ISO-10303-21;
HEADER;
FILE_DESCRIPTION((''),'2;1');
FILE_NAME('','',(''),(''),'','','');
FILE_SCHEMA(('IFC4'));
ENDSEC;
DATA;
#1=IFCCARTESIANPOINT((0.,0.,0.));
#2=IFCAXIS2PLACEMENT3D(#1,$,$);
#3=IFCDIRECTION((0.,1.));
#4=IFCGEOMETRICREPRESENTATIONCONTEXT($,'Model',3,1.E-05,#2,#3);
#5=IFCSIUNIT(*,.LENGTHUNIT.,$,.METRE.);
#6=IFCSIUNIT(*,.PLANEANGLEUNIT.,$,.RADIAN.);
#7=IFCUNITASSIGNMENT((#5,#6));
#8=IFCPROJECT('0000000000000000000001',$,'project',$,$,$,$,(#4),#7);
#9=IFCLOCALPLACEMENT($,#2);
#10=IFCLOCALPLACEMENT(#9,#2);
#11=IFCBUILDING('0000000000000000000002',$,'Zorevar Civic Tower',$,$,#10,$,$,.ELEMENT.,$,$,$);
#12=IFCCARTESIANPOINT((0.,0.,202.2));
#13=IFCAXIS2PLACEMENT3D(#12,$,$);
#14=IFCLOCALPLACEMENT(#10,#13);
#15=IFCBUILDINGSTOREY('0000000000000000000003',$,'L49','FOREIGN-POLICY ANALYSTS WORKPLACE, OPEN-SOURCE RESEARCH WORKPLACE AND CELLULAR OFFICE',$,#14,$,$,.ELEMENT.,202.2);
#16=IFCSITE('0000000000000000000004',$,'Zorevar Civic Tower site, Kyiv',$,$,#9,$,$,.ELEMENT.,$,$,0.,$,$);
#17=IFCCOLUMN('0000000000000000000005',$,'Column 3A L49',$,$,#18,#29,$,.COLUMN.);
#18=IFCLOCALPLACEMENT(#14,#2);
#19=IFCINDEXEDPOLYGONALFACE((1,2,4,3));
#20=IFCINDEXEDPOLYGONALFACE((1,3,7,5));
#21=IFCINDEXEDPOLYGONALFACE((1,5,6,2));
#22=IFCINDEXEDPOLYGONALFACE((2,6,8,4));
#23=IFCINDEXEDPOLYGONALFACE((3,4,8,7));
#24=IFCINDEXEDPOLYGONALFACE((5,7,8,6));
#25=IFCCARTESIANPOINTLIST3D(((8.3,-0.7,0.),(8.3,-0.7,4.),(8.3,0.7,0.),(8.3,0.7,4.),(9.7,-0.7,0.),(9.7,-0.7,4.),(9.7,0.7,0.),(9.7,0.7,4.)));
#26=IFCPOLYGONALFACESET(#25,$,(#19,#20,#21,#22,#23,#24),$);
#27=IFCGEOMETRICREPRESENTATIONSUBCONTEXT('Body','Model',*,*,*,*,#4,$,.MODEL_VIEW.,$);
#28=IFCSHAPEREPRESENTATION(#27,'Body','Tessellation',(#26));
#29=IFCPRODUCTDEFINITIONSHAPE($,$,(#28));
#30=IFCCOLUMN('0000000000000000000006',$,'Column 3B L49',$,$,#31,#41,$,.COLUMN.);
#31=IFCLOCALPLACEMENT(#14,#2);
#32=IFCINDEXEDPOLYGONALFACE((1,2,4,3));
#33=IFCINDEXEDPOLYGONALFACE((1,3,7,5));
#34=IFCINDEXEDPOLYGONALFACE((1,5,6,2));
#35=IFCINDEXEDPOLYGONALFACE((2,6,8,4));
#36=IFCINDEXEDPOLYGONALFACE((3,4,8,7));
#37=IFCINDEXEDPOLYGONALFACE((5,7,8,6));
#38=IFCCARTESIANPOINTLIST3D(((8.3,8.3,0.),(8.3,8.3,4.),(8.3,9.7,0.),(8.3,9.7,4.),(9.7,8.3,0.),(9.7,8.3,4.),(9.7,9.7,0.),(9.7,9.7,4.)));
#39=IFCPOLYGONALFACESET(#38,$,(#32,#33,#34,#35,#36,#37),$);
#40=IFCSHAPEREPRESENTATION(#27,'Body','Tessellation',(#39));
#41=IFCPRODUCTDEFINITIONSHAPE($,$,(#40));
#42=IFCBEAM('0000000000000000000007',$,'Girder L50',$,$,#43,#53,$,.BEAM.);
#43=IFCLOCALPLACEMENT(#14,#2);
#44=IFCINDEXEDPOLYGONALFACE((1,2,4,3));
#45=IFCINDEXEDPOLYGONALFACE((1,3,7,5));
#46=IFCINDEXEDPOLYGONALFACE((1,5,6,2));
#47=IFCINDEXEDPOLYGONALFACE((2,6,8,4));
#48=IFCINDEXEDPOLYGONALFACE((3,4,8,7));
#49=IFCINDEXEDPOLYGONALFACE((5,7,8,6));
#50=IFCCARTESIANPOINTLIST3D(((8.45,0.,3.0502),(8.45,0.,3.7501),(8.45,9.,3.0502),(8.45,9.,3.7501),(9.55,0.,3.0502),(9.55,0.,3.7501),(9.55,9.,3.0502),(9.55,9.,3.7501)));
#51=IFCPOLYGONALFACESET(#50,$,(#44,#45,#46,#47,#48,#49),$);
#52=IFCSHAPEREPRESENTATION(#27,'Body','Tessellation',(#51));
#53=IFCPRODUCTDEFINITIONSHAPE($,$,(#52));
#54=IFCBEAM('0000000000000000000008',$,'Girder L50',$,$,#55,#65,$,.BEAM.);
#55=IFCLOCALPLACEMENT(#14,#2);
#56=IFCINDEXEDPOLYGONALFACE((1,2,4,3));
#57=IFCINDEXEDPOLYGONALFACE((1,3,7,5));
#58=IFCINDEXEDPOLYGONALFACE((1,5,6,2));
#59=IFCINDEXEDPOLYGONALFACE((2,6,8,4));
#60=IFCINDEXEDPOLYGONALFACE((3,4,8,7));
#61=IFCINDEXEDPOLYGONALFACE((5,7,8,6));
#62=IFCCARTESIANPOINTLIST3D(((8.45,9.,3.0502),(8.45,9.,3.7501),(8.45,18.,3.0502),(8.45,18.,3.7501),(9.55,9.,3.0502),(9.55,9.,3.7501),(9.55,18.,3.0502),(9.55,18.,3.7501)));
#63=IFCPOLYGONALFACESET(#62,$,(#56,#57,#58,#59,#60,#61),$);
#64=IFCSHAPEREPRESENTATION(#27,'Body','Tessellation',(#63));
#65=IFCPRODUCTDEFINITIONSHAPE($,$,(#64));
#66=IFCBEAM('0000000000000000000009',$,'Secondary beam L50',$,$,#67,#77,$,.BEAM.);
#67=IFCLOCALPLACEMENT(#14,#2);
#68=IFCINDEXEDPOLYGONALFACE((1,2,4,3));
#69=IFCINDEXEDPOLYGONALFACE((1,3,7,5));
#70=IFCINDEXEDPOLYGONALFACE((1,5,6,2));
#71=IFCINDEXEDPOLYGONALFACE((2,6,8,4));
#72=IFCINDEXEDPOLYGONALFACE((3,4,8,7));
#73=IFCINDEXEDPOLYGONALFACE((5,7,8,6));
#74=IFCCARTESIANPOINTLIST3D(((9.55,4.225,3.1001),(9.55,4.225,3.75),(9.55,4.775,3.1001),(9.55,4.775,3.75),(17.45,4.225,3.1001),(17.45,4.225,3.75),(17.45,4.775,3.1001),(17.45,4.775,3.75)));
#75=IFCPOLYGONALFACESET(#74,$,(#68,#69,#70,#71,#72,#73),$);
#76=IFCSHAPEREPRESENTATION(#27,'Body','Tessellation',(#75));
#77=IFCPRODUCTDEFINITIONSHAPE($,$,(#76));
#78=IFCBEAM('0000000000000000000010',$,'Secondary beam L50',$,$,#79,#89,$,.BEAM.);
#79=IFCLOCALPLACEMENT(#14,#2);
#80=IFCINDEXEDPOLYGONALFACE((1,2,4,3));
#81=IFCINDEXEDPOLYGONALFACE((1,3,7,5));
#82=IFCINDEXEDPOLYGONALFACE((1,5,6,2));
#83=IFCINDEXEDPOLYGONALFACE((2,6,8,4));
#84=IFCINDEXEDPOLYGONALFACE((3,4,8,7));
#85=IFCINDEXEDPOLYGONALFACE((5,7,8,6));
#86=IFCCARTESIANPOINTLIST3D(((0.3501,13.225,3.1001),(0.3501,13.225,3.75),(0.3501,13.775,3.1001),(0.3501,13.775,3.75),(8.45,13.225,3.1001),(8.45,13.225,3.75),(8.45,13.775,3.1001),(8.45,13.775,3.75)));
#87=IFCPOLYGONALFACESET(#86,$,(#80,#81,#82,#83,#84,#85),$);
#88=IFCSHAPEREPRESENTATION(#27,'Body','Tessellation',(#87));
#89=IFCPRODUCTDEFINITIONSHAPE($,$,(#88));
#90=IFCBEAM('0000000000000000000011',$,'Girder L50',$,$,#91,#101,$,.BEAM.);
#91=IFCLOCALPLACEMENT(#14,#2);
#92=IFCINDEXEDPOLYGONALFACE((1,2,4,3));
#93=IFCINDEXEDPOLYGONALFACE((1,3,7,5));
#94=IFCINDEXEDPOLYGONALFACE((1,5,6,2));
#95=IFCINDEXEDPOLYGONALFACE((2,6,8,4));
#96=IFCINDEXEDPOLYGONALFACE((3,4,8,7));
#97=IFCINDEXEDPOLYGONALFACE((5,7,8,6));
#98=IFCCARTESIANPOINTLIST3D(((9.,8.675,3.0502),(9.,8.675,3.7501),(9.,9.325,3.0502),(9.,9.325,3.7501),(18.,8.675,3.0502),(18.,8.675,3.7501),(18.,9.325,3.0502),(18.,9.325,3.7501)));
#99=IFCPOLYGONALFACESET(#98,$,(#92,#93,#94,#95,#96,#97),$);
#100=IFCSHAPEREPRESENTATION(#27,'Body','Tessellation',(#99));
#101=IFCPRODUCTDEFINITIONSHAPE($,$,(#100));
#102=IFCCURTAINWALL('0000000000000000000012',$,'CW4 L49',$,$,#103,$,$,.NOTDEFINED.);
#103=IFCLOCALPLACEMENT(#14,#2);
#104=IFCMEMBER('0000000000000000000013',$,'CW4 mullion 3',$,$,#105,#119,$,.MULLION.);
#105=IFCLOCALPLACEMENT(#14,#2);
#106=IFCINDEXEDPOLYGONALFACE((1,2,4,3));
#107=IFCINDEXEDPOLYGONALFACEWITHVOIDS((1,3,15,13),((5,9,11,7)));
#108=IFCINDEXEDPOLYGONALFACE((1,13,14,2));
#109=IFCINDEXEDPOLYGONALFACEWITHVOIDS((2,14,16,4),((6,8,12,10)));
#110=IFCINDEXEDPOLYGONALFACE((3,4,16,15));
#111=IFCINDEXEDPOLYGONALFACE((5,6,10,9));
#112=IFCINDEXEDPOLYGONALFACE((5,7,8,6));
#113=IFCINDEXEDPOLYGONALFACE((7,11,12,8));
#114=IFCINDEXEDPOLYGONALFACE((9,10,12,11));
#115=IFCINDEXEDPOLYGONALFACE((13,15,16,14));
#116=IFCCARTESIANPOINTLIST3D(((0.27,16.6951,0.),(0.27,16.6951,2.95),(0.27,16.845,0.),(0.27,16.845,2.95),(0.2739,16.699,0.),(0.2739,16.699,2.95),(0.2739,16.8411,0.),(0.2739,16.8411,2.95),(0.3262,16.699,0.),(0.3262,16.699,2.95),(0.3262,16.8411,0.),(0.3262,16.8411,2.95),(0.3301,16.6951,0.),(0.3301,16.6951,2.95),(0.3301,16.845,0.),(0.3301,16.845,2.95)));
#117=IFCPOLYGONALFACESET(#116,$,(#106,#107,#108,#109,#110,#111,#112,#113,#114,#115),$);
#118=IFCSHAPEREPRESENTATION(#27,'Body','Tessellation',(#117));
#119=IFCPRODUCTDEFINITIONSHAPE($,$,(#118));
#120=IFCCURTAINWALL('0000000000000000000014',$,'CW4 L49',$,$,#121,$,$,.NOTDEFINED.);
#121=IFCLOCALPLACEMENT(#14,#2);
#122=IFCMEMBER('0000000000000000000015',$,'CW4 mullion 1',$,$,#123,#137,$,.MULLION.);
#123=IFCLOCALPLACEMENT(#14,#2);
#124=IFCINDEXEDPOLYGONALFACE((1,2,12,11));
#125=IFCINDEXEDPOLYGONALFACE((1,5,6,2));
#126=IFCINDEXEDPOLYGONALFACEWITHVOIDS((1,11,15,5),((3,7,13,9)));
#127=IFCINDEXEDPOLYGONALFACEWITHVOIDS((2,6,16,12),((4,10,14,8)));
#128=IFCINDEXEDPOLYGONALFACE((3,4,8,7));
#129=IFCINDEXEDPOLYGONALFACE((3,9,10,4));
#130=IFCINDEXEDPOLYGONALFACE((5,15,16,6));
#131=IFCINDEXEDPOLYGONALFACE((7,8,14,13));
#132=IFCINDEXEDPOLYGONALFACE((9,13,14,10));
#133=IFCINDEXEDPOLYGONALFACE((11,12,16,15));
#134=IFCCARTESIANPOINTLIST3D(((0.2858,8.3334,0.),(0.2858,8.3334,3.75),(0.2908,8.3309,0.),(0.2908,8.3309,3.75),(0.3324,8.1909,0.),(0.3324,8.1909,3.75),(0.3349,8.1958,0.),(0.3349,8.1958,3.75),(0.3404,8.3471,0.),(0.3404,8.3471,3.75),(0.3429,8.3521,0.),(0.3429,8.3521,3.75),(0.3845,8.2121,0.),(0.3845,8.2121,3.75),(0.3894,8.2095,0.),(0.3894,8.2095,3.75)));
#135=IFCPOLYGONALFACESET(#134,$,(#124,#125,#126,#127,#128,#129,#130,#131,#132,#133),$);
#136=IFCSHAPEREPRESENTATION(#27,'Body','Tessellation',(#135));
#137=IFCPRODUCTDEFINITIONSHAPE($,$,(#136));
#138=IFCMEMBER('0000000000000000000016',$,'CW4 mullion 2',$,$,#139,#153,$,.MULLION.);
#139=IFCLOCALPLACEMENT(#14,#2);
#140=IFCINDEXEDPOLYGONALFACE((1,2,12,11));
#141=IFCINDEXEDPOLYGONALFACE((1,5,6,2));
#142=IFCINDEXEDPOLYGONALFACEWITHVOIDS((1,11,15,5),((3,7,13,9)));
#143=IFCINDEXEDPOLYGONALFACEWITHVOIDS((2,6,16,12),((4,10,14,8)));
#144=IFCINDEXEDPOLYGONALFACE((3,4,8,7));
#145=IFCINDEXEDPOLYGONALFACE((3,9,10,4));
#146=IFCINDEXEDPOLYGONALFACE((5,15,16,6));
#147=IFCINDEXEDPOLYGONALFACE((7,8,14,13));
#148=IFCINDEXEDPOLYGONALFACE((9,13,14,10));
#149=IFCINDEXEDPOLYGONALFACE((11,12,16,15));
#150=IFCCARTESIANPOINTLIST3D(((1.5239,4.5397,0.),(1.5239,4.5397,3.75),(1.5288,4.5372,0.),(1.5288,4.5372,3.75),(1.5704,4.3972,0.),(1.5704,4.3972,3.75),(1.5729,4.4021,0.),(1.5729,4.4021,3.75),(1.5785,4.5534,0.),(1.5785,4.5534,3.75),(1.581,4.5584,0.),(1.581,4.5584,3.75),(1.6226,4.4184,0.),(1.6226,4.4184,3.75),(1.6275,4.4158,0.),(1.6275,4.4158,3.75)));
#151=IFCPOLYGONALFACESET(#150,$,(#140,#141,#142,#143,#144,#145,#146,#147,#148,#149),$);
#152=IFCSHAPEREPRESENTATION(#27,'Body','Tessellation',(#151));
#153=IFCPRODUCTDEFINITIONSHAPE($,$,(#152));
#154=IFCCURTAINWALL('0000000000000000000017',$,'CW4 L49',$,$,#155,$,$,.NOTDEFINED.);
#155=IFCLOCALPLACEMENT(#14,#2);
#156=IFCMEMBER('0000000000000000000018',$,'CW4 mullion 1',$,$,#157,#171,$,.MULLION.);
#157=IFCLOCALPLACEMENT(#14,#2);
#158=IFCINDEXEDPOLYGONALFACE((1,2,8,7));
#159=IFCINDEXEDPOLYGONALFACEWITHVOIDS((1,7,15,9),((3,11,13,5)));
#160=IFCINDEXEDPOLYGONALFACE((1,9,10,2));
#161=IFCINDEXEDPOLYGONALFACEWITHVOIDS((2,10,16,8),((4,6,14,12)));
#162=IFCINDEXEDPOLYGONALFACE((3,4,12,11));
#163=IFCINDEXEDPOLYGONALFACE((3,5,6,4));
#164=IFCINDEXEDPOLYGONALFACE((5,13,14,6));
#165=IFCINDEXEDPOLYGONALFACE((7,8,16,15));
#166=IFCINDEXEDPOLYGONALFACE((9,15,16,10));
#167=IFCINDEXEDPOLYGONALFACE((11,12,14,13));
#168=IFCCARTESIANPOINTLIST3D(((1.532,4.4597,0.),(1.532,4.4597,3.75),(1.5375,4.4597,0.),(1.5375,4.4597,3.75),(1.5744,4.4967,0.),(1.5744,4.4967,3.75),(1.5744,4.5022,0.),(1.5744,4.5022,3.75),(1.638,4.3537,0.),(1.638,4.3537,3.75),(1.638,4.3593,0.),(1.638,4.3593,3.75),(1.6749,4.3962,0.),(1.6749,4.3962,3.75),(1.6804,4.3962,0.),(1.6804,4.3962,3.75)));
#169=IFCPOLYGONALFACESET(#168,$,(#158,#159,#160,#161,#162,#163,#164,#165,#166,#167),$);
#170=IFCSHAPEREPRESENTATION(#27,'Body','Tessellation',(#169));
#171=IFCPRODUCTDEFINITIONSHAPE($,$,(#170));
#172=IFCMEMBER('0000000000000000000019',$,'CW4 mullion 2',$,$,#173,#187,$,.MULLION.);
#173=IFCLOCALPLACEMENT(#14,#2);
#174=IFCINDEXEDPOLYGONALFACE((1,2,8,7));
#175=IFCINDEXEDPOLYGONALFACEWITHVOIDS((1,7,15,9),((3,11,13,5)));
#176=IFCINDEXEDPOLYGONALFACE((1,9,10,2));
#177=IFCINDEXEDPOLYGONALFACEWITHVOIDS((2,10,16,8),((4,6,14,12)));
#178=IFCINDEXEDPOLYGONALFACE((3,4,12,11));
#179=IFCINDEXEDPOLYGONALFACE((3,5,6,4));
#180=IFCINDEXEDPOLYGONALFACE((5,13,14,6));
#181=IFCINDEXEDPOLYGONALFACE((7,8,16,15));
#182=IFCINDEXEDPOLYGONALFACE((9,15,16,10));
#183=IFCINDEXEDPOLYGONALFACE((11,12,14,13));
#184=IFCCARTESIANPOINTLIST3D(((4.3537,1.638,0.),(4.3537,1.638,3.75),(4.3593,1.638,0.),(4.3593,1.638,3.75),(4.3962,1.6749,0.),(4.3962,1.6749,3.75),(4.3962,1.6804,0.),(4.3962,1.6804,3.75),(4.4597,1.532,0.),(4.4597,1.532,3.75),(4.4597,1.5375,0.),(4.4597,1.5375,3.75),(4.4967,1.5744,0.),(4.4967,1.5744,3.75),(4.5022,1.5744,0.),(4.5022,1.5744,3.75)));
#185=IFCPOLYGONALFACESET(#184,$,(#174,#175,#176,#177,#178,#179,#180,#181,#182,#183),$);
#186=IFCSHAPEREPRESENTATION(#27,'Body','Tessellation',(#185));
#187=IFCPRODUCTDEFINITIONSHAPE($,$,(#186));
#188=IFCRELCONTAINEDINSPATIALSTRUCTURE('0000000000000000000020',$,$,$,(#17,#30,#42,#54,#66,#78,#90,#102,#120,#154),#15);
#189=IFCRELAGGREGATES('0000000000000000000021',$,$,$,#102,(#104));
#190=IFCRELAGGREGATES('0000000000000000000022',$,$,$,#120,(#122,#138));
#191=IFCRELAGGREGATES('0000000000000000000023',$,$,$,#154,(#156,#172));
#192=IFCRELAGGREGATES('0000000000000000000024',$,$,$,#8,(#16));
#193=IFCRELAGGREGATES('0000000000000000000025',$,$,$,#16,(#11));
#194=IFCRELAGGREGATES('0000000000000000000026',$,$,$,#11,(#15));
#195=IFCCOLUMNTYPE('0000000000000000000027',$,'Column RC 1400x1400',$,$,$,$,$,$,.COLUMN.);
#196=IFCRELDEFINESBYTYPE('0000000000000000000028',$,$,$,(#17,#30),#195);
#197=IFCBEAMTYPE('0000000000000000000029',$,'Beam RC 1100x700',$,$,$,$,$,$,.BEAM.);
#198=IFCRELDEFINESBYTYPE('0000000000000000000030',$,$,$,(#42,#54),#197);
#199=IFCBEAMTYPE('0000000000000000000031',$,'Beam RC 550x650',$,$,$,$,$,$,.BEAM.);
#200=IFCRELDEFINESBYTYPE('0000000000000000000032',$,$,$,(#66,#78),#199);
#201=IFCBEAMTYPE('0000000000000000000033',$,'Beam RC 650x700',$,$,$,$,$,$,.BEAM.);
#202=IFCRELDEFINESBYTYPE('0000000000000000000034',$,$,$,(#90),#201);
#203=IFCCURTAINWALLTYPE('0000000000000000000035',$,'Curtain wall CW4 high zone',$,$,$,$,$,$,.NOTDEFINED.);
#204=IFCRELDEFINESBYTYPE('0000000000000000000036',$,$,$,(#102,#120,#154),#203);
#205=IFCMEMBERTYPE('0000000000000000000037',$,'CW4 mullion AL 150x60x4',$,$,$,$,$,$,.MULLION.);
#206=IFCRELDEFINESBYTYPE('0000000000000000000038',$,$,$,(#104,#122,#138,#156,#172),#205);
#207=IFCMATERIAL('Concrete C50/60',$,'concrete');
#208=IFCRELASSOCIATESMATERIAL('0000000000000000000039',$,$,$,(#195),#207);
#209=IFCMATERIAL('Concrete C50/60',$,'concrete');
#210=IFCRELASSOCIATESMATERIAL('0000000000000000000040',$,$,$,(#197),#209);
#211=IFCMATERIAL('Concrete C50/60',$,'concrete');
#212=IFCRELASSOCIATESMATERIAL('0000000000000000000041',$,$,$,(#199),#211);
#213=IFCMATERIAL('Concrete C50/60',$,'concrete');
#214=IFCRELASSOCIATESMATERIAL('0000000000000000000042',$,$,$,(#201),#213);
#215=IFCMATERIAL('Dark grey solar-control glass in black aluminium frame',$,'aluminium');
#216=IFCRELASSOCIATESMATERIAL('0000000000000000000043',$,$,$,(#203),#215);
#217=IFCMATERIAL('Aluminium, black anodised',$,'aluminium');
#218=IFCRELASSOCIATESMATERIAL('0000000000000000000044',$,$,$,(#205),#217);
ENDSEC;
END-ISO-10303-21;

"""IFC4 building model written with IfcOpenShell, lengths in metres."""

from ifc_helpers import new_model, si_unit, direction, frame, origin, origin_2d, place, context, subcontext, project, spatial, rectangle, hollow_rectangle, extrude, material, material_profile, profile_set, type_object, element, aggregate, save


model = new_model("IFC4")

# Units and contexts
model_context = context("Model", 3, precision=1e-05, world=origin(), true_north=direction((0.0, 1.0)))
body_context = subcontext(model_context, "Body", "Model", "MODEL_VIEW")
ifc_project = project(units=[si_unit("LENGTHUNIT", "METRE"), si_unit("PLANEANGLEUNIT", "RADIAN")], contexts=[model_context])

# Site, building, storey
site_placement = place(None, origin())
site = spatial("IfcSite", under=ifc_project, at=site_placement, Name="Zorevar Civic Tower site, Kyiv", CompositionType="ELEMENT", RefElevation=0.0)
building_placement = place(site_placement, origin())
building = spatial("IfcBuilding", under=site, at=building_placement, Name="Zorevar Civic Tower", CompositionType="ELEMENT")
storey_placement = place(building_placement, frame((0.0, 0.0, 202.2)))
storey = spatial("IfcBuildingStorey", under=building, at=storey_placement, Name="L49", Description="FOREIGN-POLICY ANALYSTS WORKPLACE, OPEN-SOURCE RESEARCH WORKPLACE AND CELLULAR OFFICE", CompositionType="ELEMENT", Elevation=202.2)

# Columns
ifc_material_1 = material(Name="Concrete C50/60", Category="concrete")
ifc_material_profile_1 = material_profile(ifc_material_1, rectangle(XDim=1.3999, YDim=1.3999, at=origin_2d()), Name="RC 1400x1400")
ifc_profile_set_1 = profile_set([ifc_material_profile_1], Name="Concrete C50/60")
column_type = type_object("IfcColumnType", Name="Column RC 1400x1400", PredefinedType="COLUMN", material=ifc_profile_set_1)
for number, where, z_axis, x_axis, name in (
    (1, (9.0, 0.0, 0.0), (0.0, 0.0, 1.0), (1.0, 0.0, 0.0), "Column 3A L49"),
    (2, (9.0, 9.0, 0.0), (0.0, 0.0, 1.0), (1.0, 0.0, 0.0), "Column 3B L49"),
):
    element("IfcColumn", number, at=place(storey_placement, frame(where, z_axis=z_axis, x_axis=x_axis)), inside=storey, type_object=column_type, Name=name, PredefinedType="COLUMN", context=body_context, shape_type="SweptSolid", body=[
        extrude(rectangle(XDim=1.3999, YDim=1.3999, at=origin_2d()), origin(), (0.0, 0.0, 1.0), 4.0),
    ])

# Beams
ifc_material_2 = material(Name="Concrete C50/60", Category="concrete")
ifc_material_profile_2 = material_profile(ifc_material_2, rectangle(XDim=1.1001, YDim=0.7, at=origin_2d()), Name="RC 1100x700")
ifc_profile_set_2 = profile_set([ifc_material_profile_2], Name="Concrete C50/60")
beam_type_1 = type_object("IfcBeamType", Name="Beam RC 1100x700", PredefinedType="BEAM", material=ifc_profile_set_2)
for number, where, z_axis, x_axis, name in (
    (3, (9.0, 0.0, 3.4001), (0.0, 1.0, 0.0), (-1.0, 0.0, 0.0), "Girder L50"),
    (4, (9.0, 9.0, 3.4001), (0.0, 1.0, 0.0), (-1.0, 0.0, 0.0), "Girder L50"),
):
    element("IfcBeam", number, at=place(storey_placement, frame(where, z_axis=z_axis, x_axis=x_axis)), inside=storey, type_object=beam_type_1, Name=name, PredefinedType="BEAM", context=body_context, shape_type="SweptSolid", body=[
        extrude(rectangle(XDim=1.1001, YDim=0.7, at=origin_2d()), origin(), (0.0, 0.0, 1.0), 9.0),
    ])
ifc_material_3 = material(Name="Concrete C50/60", Category="concrete")
ifc_material_profile_3 = material_profile(ifc_material_3, rectangle(XDim=0.55, YDim=0.6499, at=origin_2d()), Name="RC 550x650")
ifc_profile_set_3 = profile_set([ifc_material_profile_3], Name="Concrete C50/60")
beam_type_2 = type_object("IfcBeamType", Name="Beam RC 550x650", PredefinedType="BEAM", material=ifc_profile_set_3)
beam_1_placement = place(storey_placement, frame((9.55, 4.5, 3.425), z_axis=(1.0, 0.0, 0.0), x_axis=(0.0, 1.0, 0.0)))
element("IfcBeam", 5, at=beam_1_placement, inside=storey, type_object=beam_type_2, Name="Secondary beam L50", PredefinedType="BEAM", context=body_context, shape_type="SweptSolid", body=[
    extrude(rectangle(XDim=0.55, YDim=0.6499, at=origin_2d()), origin(), (0.0, 0.0, 1.0), 7.8999),
])
beam_2_placement = place(storey_placement, frame((0.3501, 13.5, 3.425), z_axis=(1.0, 0.0, 0.0), x_axis=(0.0, 1.0, 0.0)))
element("IfcBeam", 6, at=beam_2_placement, inside=storey, type_object=beam_type_2, Name="Secondary beam L50", PredefinedType="BEAM", context=body_context, shape_type="SweptSolid", body=[
    extrude(rectangle(XDim=0.55, YDim=0.6499, at=origin_2d()), origin(), (0.0, 0.0, 1.0), 8.0999),
])
ifc_material_4 = material(Name="Concrete C50/60", Category="concrete")
ifc_material_profile_4 = material_profile(ifc_material_4, rectangle(XDim=0.6499, YDim=0.7, at=origin_2d()), Name="RC 650x700")
ifc_profile_set_4 = profile_set([ifc_material_profile_4], Name="Concrete C50/60")
beam_type_3 = type_object("IfcBeamType", Name="Beam RC 650x700", PredefinedType="BEAM", material=ifc_profile_set_4)
beam_3_placement = place(storey_placement, frame((9.0, 9.0, 3.4001), z_axis=(1.0, 0.0, 0.0), x_axis=(0.0, 1.0, 0.0)))
element("IfcBeam", 7, at=beam_3_placement, inside=storey, type_object=beam_type_3, Name="Girder L50", PredefinedType="BEAM", context=body_context, shape_type="SweptSolid", body=[
    extrude(rectangle(XDim=0.6499, YDim=0.7, at=origin_2d()), origin(), (0.0, 0.0, 1.0), 9.0),
])

# Curtain wall, member
ifc_material_5 = material(Name="Dark grey solar-control glass in black aluminium frame", Category="aluminium")
curtain_wall_type = type_object("IfcCurtainWallType", Name="Curtain wall CW4 high zone", PredefinedType="NOTDEFINED", material=ifc_material_5)
curtain_wall_1_placement = place(storey_placement, origin())
curtain_wall_1 = element("IfcCurtainWall", 8, at=curtain_wall_1_placement, inside=storey, type_object=curtain_wall_type, Name="CW4 L49", PredefinedType="NOTDEFINED")
ifc_material_6 = material(Name="Aluminium, black anodised", Category="aluminium")
ifc_material_profile_5 = material_profile(ifc_material_6, hollow_rectangle(XDim=0.0601, YDim=0.1499, WallThickness=0.0039, at=origin_2d()), Name="AL 150x60x4")
ifc_profile_set_5 = profile_set([ifc_material_profile_5], Name="Aluminium, black anodised")
member_type_1 = type_object("IfcMemberType", Name="CW4 mullion AL 150x60x4", PredefinedType="MULLION", material=ifc_profile_set_5)
member_1_placement = place(storey_placement, frame((0.3, 16.77, 0.0), z_axis=(0.0, 0.0, 1.0), x_axis=(-1.0, 0.0, 0.0)))
member_1 = element("IfcMember", 9, at=member_1_placement, type_object=member_type_1, Name="CW4 mullion 3", PredefinedType="MULLION", context=body_context, shape_type="SweptSolid", body=[
    extrude(hollow_rectangle(XDim=0.0601, YDim=0.1499, WallThickness=0.0039, at=origin_2d()), origin(), (0.0, 0.0, 1.0), 2.95),
])

# Curtain walls, members
curtain_wall_2_placement = place(storey_placement, origin())
curtain_wall_2 = element("IfcCurtainWall", 10, at=curtain_wall_2_placement, inside=storey, type_object=curtain_wall_type, Name="CW4 L49", PredefinedType="NOTDEFINED")
member_2_placement = place(storey_placement, frame((0.3376, 8.2715, 0.0), z_axis=(0.0, 0.0, 1.0), x_axis=(0.950645, 0.310281, 0.0)))
member_2 = element("IfcMember", 11, at=member_2_placement, type_object=member_type_1, Name="CW4 mullion 1", PredefinedType="MULLION", context=body_context, shape_type="SweptSolid", body=[
    extrude(hollow_rectangle(XDim=0.0601, YDim=0.1499, WallThickness=0.0039, at=origin_2d()), origin(), (0.0, 0.0, 1.0), 3.75),
])
member_3_placement = place(storey_placement, frame((1.5757, 4.4778, 0.0), z_axis=(0.0, 0.0, 1.0), x_axis=(0.950645, 0.310281, 0.0)))
member_3 = element("IfcMember", 12, at=member_3_placement, type_object=member_type_1, Name="CW4 mullion 2", PredefinedType="MULLION", context=body_context, shape_type="SweptSolid", body=[
    extrude(hollow_rectangle(XDim=0.0601, YDim=0.1499, WallThickness=0.0039, at=origin_2d()), origin(), (0.0, 0.0, 1.0), 3.75),
])
curtain_wall_3_placement = place(storey_placement, origin())
curtain_wall_3 = element("IfcCurtainWall", 13, at=curtain_wall_3_placement, inside=storey, type_object=curtain_wall_type, Name="CW4 L49", PredefinedType="NOTDEFINED")
member_4_placement = place(storey_placement, frame((1.6062, 4.428, 0.0), z_axis=(0.0, 0.0, 1.0), x_axis=(0.707107, 0.707107, 0.0)))
member_4 = element("IfcMember", 14, at=member_4_placement, type_object=member_type_1, Name="CW4 mullion 1", PredefinedType="MULLION", context=body_context, shape_type="SweptSolid", body=[
    extrude(hollow_rectangle(XDim=0.0601, YDim=0.1499, WallThickness=0.0039, at=origin_2d()), origin(), (0.0, 0.0, 1.0), 3.75),
])
member_5_placement = place(storey_placement, frame((4.428, 1.6062, 0.0), z_axis=(0.0, 0.0, 1.0), x_axis=(0.707107, 0.707107, 0.0)))
member_5 = element("IfcMember", 15, at=member_5_placement, type_object=member_type_1, Name="CW4 mullion 2", PredefinedType="MULLION", context=body_context, shape_type="SweptSolid", body=[
    extrude(hollow_rectangle(XDim=0.0601, YDim=0.1499, WallThickness=0.0039, at=origin_2d()), origin(), (0.0, 0.0, 1.0), 3.75),
])

aggregate(curtain_wall_1, [member_1])
aggregate(curtain_wall_2, [member_2, member_3])
aggregate(curtain_wall_3, [member_4, member_5])

save(model, "model.ifc")
